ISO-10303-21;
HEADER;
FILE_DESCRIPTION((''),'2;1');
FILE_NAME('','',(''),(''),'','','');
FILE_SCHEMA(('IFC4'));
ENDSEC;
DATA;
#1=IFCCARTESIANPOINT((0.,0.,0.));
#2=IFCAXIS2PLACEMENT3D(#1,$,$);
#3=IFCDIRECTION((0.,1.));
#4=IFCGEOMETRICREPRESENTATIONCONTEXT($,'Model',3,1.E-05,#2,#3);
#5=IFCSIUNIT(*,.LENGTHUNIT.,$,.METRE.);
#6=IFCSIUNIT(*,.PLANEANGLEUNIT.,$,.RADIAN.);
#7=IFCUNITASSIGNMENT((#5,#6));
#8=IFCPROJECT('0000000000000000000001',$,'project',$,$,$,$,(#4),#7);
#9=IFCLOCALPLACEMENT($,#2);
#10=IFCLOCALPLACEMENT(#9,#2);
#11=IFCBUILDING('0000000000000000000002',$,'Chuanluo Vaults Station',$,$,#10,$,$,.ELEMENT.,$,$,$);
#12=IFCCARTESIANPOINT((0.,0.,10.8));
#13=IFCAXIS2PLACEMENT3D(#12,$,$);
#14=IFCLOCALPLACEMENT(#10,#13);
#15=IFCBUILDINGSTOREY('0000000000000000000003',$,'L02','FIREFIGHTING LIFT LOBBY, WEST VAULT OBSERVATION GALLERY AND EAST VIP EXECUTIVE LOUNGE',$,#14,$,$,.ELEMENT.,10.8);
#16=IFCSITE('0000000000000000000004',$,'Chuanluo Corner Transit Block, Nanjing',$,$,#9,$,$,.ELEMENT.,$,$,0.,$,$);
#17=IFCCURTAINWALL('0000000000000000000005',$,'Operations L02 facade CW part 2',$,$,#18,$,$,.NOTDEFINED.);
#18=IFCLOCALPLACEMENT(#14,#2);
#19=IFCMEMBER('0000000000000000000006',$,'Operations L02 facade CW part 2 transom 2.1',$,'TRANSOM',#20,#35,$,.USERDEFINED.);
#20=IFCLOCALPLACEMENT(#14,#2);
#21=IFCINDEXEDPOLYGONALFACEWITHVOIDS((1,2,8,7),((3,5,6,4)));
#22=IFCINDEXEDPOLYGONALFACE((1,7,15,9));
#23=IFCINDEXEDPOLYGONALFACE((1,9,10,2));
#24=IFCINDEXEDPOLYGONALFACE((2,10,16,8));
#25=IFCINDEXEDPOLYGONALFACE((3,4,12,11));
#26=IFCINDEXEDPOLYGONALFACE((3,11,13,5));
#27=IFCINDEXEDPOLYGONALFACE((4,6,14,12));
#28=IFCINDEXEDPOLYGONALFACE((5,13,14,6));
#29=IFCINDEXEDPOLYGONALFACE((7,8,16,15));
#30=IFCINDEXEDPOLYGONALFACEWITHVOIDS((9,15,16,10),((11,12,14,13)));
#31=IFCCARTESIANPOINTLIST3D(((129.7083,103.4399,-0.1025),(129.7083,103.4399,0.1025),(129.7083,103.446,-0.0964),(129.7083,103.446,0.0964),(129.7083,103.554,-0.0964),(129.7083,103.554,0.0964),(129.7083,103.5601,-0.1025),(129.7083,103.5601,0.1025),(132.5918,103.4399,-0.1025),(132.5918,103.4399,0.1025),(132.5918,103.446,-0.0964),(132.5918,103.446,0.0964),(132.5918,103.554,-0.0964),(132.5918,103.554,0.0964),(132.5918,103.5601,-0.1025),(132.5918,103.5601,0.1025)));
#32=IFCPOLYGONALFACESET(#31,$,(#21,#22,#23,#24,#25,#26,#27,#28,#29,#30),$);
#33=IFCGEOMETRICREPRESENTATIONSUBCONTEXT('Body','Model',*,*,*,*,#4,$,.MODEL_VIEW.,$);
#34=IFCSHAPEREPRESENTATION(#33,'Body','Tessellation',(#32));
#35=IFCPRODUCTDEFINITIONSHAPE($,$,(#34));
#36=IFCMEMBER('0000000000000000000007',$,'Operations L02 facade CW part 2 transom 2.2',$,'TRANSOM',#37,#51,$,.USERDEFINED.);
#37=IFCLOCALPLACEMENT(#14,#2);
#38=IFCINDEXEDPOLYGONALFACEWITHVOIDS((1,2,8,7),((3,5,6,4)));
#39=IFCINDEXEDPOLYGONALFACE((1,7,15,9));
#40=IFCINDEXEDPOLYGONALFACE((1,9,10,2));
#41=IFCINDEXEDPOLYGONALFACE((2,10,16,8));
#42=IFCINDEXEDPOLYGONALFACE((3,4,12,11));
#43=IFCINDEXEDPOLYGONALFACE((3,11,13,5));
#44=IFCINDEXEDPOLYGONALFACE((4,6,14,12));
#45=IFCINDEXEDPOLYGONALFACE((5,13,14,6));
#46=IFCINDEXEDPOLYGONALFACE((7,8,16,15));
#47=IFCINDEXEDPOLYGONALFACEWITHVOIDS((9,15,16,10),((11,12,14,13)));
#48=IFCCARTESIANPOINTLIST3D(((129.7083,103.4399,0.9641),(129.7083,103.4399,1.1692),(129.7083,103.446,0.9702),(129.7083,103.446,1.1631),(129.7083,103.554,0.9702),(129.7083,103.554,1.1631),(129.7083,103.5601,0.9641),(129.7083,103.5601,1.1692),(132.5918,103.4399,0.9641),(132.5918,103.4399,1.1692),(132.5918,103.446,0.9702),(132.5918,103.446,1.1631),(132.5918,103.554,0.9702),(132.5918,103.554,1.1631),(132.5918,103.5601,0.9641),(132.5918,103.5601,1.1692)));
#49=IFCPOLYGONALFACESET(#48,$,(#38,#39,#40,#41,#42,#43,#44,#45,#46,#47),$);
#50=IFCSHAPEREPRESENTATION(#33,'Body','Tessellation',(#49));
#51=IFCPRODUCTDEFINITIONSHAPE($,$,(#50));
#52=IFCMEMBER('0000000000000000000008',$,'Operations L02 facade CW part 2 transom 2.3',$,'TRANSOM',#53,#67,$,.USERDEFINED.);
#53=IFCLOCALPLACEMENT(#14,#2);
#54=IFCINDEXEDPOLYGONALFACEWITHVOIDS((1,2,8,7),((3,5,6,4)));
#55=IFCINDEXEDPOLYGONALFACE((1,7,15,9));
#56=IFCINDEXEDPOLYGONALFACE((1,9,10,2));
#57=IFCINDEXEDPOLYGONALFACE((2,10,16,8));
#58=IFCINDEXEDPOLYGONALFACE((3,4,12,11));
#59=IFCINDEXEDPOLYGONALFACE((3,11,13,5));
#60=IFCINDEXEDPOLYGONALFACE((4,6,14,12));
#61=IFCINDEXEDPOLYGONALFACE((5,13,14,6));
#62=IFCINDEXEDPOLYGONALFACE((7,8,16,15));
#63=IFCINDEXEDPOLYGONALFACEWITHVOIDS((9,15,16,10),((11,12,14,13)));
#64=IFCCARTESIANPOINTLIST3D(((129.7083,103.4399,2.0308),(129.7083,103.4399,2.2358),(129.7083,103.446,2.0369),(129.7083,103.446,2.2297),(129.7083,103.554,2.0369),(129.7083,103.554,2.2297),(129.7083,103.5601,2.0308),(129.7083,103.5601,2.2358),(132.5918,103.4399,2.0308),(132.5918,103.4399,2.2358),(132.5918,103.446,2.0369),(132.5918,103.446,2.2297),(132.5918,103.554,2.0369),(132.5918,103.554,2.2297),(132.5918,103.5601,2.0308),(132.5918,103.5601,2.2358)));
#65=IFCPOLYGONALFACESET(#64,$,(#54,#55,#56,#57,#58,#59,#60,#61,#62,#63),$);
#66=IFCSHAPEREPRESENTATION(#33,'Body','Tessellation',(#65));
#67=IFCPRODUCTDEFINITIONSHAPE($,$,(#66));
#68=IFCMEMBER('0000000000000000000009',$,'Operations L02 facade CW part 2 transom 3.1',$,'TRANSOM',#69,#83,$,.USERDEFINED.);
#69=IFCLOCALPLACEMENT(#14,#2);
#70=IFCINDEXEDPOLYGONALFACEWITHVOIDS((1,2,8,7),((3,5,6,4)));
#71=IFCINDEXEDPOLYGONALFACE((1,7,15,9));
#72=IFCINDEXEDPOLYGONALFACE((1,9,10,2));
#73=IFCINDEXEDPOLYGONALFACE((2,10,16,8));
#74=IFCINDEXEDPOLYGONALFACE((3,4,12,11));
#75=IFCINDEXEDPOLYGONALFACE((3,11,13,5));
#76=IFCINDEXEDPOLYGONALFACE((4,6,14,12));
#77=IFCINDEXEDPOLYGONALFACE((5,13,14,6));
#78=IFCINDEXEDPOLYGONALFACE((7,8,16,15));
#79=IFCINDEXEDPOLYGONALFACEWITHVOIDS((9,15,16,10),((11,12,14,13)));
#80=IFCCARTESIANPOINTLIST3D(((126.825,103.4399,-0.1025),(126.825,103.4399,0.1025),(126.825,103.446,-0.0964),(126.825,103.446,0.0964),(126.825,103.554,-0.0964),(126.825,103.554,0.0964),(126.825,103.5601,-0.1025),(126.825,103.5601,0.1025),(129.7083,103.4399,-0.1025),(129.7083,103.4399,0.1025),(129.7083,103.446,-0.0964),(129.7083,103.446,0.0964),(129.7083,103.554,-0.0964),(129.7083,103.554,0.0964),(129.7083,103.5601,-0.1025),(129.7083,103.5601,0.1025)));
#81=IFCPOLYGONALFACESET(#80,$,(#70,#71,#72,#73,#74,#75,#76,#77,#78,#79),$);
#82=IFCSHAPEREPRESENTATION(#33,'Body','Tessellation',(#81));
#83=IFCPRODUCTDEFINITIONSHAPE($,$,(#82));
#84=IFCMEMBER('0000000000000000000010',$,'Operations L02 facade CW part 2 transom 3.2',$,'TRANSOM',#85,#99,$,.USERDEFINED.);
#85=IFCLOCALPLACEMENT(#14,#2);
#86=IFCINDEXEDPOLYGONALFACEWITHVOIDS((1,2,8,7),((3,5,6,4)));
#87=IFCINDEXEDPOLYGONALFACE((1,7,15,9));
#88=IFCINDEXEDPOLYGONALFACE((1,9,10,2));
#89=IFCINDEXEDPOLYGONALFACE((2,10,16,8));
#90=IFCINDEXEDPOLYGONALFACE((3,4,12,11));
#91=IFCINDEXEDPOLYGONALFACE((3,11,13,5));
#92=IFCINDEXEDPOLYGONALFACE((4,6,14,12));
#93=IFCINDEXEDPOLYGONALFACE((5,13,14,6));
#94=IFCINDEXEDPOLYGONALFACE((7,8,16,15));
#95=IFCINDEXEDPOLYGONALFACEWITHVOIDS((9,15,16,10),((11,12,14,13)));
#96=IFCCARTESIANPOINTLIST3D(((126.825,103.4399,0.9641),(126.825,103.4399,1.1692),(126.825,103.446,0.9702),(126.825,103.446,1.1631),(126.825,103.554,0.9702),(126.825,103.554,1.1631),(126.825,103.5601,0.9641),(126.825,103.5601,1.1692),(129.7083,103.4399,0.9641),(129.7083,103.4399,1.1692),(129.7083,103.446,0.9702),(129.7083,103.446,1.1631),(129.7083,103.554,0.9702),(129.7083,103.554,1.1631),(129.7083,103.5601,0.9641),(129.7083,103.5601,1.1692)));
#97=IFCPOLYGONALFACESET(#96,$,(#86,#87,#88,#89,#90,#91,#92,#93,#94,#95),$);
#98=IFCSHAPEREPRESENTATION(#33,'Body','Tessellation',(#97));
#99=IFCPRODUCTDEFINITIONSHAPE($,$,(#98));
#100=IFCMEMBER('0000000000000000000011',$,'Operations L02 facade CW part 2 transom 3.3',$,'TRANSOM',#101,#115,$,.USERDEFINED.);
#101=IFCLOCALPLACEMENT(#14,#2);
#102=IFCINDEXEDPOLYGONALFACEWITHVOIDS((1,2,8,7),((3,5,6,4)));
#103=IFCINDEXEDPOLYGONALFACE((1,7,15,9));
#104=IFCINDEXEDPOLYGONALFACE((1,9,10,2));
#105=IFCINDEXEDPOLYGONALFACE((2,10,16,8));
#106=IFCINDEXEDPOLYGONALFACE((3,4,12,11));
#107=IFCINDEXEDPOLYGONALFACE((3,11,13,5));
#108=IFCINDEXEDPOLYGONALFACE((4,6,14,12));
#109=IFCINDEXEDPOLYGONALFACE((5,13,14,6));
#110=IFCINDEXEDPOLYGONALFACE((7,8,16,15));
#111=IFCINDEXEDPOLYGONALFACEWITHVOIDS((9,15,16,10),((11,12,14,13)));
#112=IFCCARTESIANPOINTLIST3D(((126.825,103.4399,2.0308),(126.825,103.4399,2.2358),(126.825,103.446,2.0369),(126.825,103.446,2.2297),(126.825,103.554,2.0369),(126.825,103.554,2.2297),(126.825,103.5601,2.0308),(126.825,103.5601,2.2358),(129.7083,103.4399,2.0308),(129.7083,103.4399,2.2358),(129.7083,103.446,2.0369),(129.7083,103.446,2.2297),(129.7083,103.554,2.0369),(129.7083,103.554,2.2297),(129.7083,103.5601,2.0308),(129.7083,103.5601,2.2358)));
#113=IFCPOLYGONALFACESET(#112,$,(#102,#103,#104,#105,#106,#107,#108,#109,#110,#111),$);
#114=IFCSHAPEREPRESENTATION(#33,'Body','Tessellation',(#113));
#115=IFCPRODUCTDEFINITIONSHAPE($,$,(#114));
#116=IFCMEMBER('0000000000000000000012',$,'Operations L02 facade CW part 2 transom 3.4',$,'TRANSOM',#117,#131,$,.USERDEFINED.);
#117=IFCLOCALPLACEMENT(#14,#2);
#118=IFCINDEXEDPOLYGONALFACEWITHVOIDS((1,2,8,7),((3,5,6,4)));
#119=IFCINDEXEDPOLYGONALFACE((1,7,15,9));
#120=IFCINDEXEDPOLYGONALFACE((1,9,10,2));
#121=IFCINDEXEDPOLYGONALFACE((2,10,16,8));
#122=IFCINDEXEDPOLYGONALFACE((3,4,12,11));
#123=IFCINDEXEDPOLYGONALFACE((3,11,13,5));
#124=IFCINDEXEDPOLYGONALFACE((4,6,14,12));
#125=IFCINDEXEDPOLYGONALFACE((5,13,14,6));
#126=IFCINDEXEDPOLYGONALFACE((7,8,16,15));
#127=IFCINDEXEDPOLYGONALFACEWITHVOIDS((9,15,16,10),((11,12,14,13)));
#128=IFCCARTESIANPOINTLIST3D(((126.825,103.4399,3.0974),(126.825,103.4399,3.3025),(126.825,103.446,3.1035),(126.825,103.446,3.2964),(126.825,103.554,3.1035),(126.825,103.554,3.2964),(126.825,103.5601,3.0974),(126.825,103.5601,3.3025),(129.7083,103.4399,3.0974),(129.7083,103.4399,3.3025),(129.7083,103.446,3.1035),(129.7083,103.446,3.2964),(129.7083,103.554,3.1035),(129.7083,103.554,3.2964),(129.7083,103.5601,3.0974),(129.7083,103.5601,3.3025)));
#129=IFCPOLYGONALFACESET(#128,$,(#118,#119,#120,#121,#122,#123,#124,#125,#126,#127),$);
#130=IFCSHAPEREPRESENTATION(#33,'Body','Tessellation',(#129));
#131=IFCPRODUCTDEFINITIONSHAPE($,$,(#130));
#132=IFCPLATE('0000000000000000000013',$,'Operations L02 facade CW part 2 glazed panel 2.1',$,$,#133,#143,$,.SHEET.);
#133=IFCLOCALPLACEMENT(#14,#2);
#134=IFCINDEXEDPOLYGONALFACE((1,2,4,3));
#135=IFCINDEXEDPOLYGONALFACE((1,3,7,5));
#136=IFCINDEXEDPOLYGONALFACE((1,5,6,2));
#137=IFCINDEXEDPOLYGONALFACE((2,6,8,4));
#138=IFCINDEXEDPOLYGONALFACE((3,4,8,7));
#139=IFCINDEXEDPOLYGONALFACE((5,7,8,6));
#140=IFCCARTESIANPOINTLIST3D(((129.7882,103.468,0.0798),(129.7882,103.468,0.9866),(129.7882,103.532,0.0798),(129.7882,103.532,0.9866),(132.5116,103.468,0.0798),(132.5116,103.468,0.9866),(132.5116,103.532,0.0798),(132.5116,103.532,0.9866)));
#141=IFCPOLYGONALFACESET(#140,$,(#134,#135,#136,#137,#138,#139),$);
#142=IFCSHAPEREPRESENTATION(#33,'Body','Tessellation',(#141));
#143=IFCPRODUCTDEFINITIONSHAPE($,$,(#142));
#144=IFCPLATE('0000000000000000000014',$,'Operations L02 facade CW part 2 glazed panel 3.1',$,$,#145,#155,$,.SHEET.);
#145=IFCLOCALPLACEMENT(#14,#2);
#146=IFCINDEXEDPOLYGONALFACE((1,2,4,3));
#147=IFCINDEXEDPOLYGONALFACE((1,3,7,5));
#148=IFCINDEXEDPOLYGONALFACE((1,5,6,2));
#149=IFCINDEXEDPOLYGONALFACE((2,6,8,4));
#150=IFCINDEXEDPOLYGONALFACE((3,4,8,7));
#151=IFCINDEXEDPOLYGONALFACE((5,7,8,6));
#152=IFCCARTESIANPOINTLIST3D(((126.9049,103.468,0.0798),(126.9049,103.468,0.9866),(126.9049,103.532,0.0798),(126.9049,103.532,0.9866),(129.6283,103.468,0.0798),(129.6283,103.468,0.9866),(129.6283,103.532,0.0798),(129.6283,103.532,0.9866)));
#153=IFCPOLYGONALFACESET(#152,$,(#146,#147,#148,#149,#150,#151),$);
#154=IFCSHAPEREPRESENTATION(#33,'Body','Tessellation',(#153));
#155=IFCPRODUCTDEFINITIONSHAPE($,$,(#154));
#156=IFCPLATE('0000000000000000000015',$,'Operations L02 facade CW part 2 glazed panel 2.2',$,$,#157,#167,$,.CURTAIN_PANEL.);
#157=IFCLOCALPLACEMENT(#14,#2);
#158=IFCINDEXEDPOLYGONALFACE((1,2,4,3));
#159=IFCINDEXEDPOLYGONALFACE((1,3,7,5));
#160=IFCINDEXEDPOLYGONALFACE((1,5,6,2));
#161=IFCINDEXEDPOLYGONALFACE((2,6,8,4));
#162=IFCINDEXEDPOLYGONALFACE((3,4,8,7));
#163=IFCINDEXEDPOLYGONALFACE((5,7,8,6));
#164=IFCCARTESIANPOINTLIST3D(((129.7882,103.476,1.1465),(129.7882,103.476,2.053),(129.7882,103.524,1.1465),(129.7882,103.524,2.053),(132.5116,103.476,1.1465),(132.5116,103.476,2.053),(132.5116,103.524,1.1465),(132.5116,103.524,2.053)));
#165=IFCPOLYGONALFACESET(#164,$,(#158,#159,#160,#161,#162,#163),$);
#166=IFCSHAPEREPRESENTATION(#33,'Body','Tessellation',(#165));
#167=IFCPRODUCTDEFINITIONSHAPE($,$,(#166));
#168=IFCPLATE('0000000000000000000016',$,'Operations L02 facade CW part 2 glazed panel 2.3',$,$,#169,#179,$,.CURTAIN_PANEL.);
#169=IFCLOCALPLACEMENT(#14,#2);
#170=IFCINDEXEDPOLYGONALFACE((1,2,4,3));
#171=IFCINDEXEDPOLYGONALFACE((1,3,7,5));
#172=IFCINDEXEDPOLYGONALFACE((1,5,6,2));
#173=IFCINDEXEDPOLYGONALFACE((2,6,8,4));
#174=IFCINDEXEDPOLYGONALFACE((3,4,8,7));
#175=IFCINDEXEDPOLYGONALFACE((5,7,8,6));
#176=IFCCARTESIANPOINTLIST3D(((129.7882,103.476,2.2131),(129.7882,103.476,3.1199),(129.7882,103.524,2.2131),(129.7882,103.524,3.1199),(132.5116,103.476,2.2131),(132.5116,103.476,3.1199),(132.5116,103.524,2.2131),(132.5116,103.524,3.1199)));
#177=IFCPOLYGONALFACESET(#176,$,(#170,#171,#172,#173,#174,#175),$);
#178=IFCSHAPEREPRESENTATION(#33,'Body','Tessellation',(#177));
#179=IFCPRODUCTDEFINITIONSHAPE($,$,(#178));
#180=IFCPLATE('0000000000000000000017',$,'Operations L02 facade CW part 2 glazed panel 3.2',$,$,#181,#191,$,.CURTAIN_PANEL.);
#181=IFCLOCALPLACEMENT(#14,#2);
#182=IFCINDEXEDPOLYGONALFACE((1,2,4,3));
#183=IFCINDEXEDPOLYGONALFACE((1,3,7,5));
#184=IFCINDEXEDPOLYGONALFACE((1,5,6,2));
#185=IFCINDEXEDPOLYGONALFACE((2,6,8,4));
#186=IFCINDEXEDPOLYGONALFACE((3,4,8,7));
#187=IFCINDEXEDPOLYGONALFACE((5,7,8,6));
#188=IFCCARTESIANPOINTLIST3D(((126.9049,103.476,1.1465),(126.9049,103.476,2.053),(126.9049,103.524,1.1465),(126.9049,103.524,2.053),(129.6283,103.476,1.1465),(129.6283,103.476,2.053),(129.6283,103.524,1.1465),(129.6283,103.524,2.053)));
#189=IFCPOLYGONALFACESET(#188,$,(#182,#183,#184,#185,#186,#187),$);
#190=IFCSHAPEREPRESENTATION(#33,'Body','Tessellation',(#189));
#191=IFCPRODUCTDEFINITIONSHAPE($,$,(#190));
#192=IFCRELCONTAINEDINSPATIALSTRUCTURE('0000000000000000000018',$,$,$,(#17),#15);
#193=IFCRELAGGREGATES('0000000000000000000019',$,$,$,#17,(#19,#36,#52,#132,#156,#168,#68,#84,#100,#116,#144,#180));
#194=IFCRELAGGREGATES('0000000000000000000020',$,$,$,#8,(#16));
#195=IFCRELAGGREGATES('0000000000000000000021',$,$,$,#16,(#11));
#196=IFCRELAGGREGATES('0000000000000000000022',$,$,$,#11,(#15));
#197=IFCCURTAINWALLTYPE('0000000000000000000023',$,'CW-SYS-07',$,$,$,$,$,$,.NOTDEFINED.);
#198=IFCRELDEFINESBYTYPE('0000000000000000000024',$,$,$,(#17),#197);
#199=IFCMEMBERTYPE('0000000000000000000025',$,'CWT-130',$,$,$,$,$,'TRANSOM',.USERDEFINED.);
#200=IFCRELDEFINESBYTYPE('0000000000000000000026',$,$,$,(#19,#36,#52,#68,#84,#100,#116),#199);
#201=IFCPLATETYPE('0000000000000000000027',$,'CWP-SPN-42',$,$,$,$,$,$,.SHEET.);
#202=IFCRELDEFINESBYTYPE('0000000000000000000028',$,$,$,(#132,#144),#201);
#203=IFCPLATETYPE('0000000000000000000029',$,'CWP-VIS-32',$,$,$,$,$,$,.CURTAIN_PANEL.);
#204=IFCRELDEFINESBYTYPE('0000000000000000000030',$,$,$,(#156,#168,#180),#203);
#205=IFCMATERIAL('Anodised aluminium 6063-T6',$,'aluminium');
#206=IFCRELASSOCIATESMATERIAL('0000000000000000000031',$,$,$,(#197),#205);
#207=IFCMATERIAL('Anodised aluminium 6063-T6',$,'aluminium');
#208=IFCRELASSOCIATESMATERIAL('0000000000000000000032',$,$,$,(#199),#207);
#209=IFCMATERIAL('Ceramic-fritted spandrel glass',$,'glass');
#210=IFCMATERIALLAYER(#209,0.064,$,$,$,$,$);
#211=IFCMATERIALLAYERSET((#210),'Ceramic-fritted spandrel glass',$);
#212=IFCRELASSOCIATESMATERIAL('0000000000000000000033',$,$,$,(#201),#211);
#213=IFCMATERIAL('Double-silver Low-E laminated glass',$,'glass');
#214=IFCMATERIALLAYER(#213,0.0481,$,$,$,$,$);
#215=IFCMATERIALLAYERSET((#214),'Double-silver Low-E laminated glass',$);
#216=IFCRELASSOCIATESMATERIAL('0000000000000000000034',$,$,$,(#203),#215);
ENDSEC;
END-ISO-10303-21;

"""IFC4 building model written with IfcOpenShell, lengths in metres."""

from ifc_helpers import new_model, si_unit, direction, frame, origin, origin_2d, place, context, subcontext, project, spatial, rectangle, hollow_rectangle, extrude, material, layer, layer_set, material_profile, profile_set, type_object, element, aggregate, save


model = new_model("IFC4")

# Units and contexts
model_context = context("Model", 3, precision=1e-05, world=origin(), true_north=direction((0.0, 1.0)))
body_context = subcontext(model_context, "Body", "Model", "MODEL_VIEW")
ifc_project = project(units=[si_unit("LENGTHUNIT", "METRE"), si_unit("PLANEANGLEUNIT", "RADIAN")], contexts=[model_context])

# Site, building, storey
site_placement = place(None, origin())
site = spatial("IfcSite", under=ifc_project, at=site_placement, Name="Chuanluo Corner Transit Block, Nanjing", CompositionType="ELEMENT", RefElevation=0.0)
building_placement = place(site_placement, origin())
building = spatial("IfcBuilding", under=site, at=building_placement, Name="Chuanluo Vaults Station", CompositionType="ELEMENT")
storey_placement = place(building_placement, frame((0.0, 0.0, 10.8)))
storey = spatial("IfcBuildingStorey", under=building, at=storey_placement, Name="L02", Description="FIREFIGHTING LIFT LOBBY, WEST VAULT OBSERVATION GALLERY AND EAST VIP EXECUTIVE LOUNGE", CompositionType="ELEMENT", Elevation=10.8)

# Curtain wall
ifc_material_1 = material(Name="Anodised aluminium 6063-T6", Category="aluminium")
curtain_wall_type_1 = type_object("IfcCurtainWallType", Name="CW-SYS-07", PredefinedType="NOTDEFINED", material=ifc_material_1)
curtain_wall_1_placement = place(storey_placement, origin())
curtain_wall_1 = element("IfcCurtainWall", 1, at=curtain_wall_1_placement, inside=storey, type_object=curtain_wall_type_1, Name="Operations L02 facade CW part 2", PredefinedType="NOTDEFINED")

# Members
ifc_material_2 = material(Name="Anodised aluminium 6063-T6", Category="aluminium")
ifc_material_profile_1 = material_profile(ifc_material_2, hollow_rectangle(XDim=0.1201, YDim=0.2051, WallThickness=0.0061, at=origin_2d()))
ifc_profile_set_1 = profile_set([ifc_material_profile_1], Name="Anodised aluminium 6063-T6")
member_type_1 = type_object("IfcMemberType", Name="CWT-130", ElementType="TRANSOM", PredefinedType="USERDEFINED", material=ifc_profile_set_1)
member_1_placement = place(storey_placement, frame((132.5918, 103.5, 0.0), z_axis=(-1.0, 0.0, 0.0), x_axis=(0.0, -1.0, 0.0)))
member_1 = element("IfcMember", 2, at=member_1_placement, type_object=member_type_1, Name="Operations L02 facade CW part 2 transom 2.1", ObjectType="TRANSOM", PredefinedType="USERDEFINED", context=body_context, shape_type="SweptSolid", body=[
    extrude(hollow_rectangle(XDim=0.1201, YDim=0.2051, WallThickness=0.0061, at=origin_2d()), origin(), (0.0, 0.0, 1.0), 2.8835),
])
member_2_placement = place(storey_placement, frame((132.5918, 103.5, 1.0667), z_axis=(-1.0, 0.0, 0.0), x_axis=(0.0, -1.0, 0.0)))
member_2 = element("IfcMember", 3, at=member_2_placement, type_object=member_type_1, Name="Operations L02 facade CW part 2 transom 2.2", ObjectType="TRANSOM", PredefinedType="USERDEFINED", context=body_context, shape_type="SweptSolid", body=[
    extrude(hollow_rectangle(XDim=0.1201, YDim=0.2051, WallThickness=0.0061, at=origin_2d()), origin(), (0.0, 0.0, 1.0), 2.8835),
])
member_3_placement = place(storey_placement, frame((132.5918, 103.5, 2.1333), z_axis=(-1.0, 0.0, 0.0), x_axis=(0.0, -1.0, 0.0)))
member_3 = element("IfcMember", 4, at=member_3_placement, type_object=member_type_1, Name="Operations L02 facade CW part 2 transom 2.3", ObjectType="TRANSOM", PredefinedType="USERDEFINED", context=body_context, shape_type="SweptSolid", body=[
    extrude(hollow_rectangle(XDim=0.1201, YDim=0.2051, WallThickness=0.0061, at=origin_2d()), origin(), (0.0, 0.0, 1.0), 2.8835),
])
member_4_placement = place(storey_placement, frame((129.7083, 103.5, 0.0), z_axis=(-1.0, 0.0, 0.0), x_axis=(0.0, -1.0, 0.0)))
member_4 = element("IfcMember", 5, at=member_4_placement, type_object=member_type_1, Name="Operations L02 facade CW part 2 transom 3.1", ObjectType="TRANSOM", PredefinedType="USERDEFINED", context=body_context, shape_type="SweptSolid", body=[
    extrude(hollow_rectangle(XDim=0.1201, YDim=0.2051, WallThickness=0.0061, at=origin_2d()), origin(), (0.0, 0.0, 1.0), 2.8833),
])
member_5_placement = place(storey_placement, frame((129.7083, 103.5, 1.0667), z_axis=(-1.0, 0.0, 0.0), x_axis=(0.0, -1.0, 0.0)))
member_5 = element("IfcMember", 6, at=member_5_placement, type_object=member_type_1, Name="Operations L02 facade CW part 2 transom 3.2", ObjectType="TRANSOM", PredefinedType="USERDEFINED", context=body_context, shape_type="SweptSolid", body=[
    extrude(hollow_rectangle(XDim=0.1201, YDim=0.2051, WallThickness=0.0061, at=origin_2d()), origin(), (0.0, 0.0, 1.0), 2.8833),
])
member_6_placement = place(storey_placement, frame((129.7083, 103.5, 2.1333), z_axis=(-1.0, 0.0, 0.0), x_axis=(0.0, -1.0, 0.0)))
member_6 = element("IfcMember", 7, at=member_6_placement, type_object=member_type_1, Name="Operations L02 facade CW part 2 transom 3.3", ObjectType="TRANSOM", PredefinedType="USERDEFINED", context=body_context, shape_type="SweptSolid", body=[
    extrude(hollow_rectangle(XDim=0.1201, YDim=0.2051, WallThickness=0.0061, at=origin_2d()), origin(), (0.0, 0.0, 1.0), 2.8833),
])
member_7_placement = place(storey_placement, frame((129.7083, 103.5, 3.2), z_axis=(-1.0, 0.0, 0.0), x_axis=(0.0, -1.0, 0.0)))
member_7 = element("IfcMember", 8, at=member_7_placement, type_object=member_type_1, Name="Operations L02 facade CW part 2 transom 3.4", ObjectType="TRANSOM", PredefinedType="USERDEFINED", context=body_context, shape_type="SweptSolid", body=[
    extrude(hollow_rectangle(XDim=0.1201, YDim=0.2051, WallThickness=0.0061, at=origin_2d()), origin(), (0.0, 0.0, 1.0), 2.8833),
])

# Plates
ifc_material_3 = material(Name="Ceramic-fritted spandrel glass", Category="glass")
ifc_layer_1 = layer(ifc_material_3, 0.064)
ifc_layer_set_1 = layer_set([ifc_layer_1], Name="Ceramic-fritted spandrel glass")
plate_type_1 = type_object("IfcPlateType", Name="CWP-SPN-42", PredefinedType="SHEET", material=ifc_layer_set_1)
plate_1_placement = place(storey_placement, frame((131.1499, 103.5, 0.0798), z_axis=(0.0, 0.0, 1.0), x_axis=(-1.0, 0.0, 0.0)))
plate_1 = element("IfcPlate", 9, at=plate_1_placement, type_object=plate_type_1, Name="Operations L02 facade CW part 2 glazed panel 2.1", PredefinedType="SHEET", context=body_context, shape_type="SweptSolid", body=[
    extrude(rectangle(XDim=2.7234, YDim=0.064, at=origin_2d()), origin(), (0.0, 0.0, 1.0), 0.9067),
])
plate_2_placement = place(storey_placement, frame((128.2666, 103.5, 0.0798), z_axis=(0.0, 0.0, 1.0), x_axis=(-1.0, 0.0, 0.0)))
plate_2 = element("IfcPlate", 10, at=plate_2_placement, type_object=plate_type_1, Name="Operations L02 facade CW part 2 glazed panel 3.1", PredefinedType="SHEET", context=body_context, shape_type="SweptSolid", body=[
    extrude(rectangle(XDim=2.7234, YDim=0.064, at=origin_2d()), origin(), (0.0, 0.0, 1.0), 0.9067),
])
ifc_material_4 = material(Name="Double-silver Low-E laminated glass", Category="glass")
ifc_layer_2 = layer(ifc_material_4, 0.0481)
ifc_layer_set_2 = layer_set([ifc_layer_2], Name="Double-silver Low-E laminated glass")
plate_type_2 = type_object("IfcPlateType", Name="CWP-VIS-32", PredefinedType="CURTAIN_PANEL", material=ifc_layer_set_2)
plate_3_placement = place(storey_placement, frame((131.1499, 103.5, 1.1465), z_axis=(0.0, 0.0, 1.0), x_axis=(-1.0, 0.0, 0.0)))
plate_3 = element("IfcPlate", 11, at=plate_3_placement, type_object=plate_type_2, Name="Operations L02 facade CW part 2 glazed panel 2.2", PredefinedType="CURTAIN_PANEL", context=body_context, shape_type="SweptSolid", body=[
    extrude(rectangle(XDim=2.7234, YDim=0.0481, at=origin_2d()), origin(), (0.0, 0.0, 1.0), 0.9065),
])
plate_4_placement = place(storey_placement, frame((131.1499, 103.5, 2.2131), z_axis=(0.0, 0.0, 1.0), x_axis=(-1.0, 0.0, 0.0)))
plate_4 = element("IfcPlate", 12, at=plate_4_placement, type_object=plate_type_2, Name="Operations L02 facade CW part 2 glazed panel 2.3", PredefinedType="CURTAIN_PANEL", context=body_context, shape_type="SweptSolid", body=[
    extrude(rectangle(XDim=2.7234, YDim=0.0481, at=origin_2d()), origin(), (0.0, 0.0, 1.0), 0.9067),
])
plate_5_placement = place(storey_placement, frame((128.2666, 103.5, 1.1465), z_axis=(0.0, 0.0, 1.0), x_axis=(-1.0, 0.0, 0.0)))
plate_5 = element("IfcPlate", 13, at=plate_5_placement, type_object=plate_type_2, Name="Operations L02 facade CW part 2 glazed panel 3.2", PredefinedType="CURTAIN_PANEL", context=body_context, shape_type="SweptSolid", body=[
    extrude(rectangle(XDim=2.7234, YDim=0.0481, at=origin_2d()), origin(), (0.0, 0.0, 1.0), 0.9065),
])
aggregate(curtain_wall_1, [member_1, member_2, member_3, plate_1, plate_3, plate_4, member_4, member_5, member_6, member_7, plate_2, plate_5])

save(model, "model.ifc")
